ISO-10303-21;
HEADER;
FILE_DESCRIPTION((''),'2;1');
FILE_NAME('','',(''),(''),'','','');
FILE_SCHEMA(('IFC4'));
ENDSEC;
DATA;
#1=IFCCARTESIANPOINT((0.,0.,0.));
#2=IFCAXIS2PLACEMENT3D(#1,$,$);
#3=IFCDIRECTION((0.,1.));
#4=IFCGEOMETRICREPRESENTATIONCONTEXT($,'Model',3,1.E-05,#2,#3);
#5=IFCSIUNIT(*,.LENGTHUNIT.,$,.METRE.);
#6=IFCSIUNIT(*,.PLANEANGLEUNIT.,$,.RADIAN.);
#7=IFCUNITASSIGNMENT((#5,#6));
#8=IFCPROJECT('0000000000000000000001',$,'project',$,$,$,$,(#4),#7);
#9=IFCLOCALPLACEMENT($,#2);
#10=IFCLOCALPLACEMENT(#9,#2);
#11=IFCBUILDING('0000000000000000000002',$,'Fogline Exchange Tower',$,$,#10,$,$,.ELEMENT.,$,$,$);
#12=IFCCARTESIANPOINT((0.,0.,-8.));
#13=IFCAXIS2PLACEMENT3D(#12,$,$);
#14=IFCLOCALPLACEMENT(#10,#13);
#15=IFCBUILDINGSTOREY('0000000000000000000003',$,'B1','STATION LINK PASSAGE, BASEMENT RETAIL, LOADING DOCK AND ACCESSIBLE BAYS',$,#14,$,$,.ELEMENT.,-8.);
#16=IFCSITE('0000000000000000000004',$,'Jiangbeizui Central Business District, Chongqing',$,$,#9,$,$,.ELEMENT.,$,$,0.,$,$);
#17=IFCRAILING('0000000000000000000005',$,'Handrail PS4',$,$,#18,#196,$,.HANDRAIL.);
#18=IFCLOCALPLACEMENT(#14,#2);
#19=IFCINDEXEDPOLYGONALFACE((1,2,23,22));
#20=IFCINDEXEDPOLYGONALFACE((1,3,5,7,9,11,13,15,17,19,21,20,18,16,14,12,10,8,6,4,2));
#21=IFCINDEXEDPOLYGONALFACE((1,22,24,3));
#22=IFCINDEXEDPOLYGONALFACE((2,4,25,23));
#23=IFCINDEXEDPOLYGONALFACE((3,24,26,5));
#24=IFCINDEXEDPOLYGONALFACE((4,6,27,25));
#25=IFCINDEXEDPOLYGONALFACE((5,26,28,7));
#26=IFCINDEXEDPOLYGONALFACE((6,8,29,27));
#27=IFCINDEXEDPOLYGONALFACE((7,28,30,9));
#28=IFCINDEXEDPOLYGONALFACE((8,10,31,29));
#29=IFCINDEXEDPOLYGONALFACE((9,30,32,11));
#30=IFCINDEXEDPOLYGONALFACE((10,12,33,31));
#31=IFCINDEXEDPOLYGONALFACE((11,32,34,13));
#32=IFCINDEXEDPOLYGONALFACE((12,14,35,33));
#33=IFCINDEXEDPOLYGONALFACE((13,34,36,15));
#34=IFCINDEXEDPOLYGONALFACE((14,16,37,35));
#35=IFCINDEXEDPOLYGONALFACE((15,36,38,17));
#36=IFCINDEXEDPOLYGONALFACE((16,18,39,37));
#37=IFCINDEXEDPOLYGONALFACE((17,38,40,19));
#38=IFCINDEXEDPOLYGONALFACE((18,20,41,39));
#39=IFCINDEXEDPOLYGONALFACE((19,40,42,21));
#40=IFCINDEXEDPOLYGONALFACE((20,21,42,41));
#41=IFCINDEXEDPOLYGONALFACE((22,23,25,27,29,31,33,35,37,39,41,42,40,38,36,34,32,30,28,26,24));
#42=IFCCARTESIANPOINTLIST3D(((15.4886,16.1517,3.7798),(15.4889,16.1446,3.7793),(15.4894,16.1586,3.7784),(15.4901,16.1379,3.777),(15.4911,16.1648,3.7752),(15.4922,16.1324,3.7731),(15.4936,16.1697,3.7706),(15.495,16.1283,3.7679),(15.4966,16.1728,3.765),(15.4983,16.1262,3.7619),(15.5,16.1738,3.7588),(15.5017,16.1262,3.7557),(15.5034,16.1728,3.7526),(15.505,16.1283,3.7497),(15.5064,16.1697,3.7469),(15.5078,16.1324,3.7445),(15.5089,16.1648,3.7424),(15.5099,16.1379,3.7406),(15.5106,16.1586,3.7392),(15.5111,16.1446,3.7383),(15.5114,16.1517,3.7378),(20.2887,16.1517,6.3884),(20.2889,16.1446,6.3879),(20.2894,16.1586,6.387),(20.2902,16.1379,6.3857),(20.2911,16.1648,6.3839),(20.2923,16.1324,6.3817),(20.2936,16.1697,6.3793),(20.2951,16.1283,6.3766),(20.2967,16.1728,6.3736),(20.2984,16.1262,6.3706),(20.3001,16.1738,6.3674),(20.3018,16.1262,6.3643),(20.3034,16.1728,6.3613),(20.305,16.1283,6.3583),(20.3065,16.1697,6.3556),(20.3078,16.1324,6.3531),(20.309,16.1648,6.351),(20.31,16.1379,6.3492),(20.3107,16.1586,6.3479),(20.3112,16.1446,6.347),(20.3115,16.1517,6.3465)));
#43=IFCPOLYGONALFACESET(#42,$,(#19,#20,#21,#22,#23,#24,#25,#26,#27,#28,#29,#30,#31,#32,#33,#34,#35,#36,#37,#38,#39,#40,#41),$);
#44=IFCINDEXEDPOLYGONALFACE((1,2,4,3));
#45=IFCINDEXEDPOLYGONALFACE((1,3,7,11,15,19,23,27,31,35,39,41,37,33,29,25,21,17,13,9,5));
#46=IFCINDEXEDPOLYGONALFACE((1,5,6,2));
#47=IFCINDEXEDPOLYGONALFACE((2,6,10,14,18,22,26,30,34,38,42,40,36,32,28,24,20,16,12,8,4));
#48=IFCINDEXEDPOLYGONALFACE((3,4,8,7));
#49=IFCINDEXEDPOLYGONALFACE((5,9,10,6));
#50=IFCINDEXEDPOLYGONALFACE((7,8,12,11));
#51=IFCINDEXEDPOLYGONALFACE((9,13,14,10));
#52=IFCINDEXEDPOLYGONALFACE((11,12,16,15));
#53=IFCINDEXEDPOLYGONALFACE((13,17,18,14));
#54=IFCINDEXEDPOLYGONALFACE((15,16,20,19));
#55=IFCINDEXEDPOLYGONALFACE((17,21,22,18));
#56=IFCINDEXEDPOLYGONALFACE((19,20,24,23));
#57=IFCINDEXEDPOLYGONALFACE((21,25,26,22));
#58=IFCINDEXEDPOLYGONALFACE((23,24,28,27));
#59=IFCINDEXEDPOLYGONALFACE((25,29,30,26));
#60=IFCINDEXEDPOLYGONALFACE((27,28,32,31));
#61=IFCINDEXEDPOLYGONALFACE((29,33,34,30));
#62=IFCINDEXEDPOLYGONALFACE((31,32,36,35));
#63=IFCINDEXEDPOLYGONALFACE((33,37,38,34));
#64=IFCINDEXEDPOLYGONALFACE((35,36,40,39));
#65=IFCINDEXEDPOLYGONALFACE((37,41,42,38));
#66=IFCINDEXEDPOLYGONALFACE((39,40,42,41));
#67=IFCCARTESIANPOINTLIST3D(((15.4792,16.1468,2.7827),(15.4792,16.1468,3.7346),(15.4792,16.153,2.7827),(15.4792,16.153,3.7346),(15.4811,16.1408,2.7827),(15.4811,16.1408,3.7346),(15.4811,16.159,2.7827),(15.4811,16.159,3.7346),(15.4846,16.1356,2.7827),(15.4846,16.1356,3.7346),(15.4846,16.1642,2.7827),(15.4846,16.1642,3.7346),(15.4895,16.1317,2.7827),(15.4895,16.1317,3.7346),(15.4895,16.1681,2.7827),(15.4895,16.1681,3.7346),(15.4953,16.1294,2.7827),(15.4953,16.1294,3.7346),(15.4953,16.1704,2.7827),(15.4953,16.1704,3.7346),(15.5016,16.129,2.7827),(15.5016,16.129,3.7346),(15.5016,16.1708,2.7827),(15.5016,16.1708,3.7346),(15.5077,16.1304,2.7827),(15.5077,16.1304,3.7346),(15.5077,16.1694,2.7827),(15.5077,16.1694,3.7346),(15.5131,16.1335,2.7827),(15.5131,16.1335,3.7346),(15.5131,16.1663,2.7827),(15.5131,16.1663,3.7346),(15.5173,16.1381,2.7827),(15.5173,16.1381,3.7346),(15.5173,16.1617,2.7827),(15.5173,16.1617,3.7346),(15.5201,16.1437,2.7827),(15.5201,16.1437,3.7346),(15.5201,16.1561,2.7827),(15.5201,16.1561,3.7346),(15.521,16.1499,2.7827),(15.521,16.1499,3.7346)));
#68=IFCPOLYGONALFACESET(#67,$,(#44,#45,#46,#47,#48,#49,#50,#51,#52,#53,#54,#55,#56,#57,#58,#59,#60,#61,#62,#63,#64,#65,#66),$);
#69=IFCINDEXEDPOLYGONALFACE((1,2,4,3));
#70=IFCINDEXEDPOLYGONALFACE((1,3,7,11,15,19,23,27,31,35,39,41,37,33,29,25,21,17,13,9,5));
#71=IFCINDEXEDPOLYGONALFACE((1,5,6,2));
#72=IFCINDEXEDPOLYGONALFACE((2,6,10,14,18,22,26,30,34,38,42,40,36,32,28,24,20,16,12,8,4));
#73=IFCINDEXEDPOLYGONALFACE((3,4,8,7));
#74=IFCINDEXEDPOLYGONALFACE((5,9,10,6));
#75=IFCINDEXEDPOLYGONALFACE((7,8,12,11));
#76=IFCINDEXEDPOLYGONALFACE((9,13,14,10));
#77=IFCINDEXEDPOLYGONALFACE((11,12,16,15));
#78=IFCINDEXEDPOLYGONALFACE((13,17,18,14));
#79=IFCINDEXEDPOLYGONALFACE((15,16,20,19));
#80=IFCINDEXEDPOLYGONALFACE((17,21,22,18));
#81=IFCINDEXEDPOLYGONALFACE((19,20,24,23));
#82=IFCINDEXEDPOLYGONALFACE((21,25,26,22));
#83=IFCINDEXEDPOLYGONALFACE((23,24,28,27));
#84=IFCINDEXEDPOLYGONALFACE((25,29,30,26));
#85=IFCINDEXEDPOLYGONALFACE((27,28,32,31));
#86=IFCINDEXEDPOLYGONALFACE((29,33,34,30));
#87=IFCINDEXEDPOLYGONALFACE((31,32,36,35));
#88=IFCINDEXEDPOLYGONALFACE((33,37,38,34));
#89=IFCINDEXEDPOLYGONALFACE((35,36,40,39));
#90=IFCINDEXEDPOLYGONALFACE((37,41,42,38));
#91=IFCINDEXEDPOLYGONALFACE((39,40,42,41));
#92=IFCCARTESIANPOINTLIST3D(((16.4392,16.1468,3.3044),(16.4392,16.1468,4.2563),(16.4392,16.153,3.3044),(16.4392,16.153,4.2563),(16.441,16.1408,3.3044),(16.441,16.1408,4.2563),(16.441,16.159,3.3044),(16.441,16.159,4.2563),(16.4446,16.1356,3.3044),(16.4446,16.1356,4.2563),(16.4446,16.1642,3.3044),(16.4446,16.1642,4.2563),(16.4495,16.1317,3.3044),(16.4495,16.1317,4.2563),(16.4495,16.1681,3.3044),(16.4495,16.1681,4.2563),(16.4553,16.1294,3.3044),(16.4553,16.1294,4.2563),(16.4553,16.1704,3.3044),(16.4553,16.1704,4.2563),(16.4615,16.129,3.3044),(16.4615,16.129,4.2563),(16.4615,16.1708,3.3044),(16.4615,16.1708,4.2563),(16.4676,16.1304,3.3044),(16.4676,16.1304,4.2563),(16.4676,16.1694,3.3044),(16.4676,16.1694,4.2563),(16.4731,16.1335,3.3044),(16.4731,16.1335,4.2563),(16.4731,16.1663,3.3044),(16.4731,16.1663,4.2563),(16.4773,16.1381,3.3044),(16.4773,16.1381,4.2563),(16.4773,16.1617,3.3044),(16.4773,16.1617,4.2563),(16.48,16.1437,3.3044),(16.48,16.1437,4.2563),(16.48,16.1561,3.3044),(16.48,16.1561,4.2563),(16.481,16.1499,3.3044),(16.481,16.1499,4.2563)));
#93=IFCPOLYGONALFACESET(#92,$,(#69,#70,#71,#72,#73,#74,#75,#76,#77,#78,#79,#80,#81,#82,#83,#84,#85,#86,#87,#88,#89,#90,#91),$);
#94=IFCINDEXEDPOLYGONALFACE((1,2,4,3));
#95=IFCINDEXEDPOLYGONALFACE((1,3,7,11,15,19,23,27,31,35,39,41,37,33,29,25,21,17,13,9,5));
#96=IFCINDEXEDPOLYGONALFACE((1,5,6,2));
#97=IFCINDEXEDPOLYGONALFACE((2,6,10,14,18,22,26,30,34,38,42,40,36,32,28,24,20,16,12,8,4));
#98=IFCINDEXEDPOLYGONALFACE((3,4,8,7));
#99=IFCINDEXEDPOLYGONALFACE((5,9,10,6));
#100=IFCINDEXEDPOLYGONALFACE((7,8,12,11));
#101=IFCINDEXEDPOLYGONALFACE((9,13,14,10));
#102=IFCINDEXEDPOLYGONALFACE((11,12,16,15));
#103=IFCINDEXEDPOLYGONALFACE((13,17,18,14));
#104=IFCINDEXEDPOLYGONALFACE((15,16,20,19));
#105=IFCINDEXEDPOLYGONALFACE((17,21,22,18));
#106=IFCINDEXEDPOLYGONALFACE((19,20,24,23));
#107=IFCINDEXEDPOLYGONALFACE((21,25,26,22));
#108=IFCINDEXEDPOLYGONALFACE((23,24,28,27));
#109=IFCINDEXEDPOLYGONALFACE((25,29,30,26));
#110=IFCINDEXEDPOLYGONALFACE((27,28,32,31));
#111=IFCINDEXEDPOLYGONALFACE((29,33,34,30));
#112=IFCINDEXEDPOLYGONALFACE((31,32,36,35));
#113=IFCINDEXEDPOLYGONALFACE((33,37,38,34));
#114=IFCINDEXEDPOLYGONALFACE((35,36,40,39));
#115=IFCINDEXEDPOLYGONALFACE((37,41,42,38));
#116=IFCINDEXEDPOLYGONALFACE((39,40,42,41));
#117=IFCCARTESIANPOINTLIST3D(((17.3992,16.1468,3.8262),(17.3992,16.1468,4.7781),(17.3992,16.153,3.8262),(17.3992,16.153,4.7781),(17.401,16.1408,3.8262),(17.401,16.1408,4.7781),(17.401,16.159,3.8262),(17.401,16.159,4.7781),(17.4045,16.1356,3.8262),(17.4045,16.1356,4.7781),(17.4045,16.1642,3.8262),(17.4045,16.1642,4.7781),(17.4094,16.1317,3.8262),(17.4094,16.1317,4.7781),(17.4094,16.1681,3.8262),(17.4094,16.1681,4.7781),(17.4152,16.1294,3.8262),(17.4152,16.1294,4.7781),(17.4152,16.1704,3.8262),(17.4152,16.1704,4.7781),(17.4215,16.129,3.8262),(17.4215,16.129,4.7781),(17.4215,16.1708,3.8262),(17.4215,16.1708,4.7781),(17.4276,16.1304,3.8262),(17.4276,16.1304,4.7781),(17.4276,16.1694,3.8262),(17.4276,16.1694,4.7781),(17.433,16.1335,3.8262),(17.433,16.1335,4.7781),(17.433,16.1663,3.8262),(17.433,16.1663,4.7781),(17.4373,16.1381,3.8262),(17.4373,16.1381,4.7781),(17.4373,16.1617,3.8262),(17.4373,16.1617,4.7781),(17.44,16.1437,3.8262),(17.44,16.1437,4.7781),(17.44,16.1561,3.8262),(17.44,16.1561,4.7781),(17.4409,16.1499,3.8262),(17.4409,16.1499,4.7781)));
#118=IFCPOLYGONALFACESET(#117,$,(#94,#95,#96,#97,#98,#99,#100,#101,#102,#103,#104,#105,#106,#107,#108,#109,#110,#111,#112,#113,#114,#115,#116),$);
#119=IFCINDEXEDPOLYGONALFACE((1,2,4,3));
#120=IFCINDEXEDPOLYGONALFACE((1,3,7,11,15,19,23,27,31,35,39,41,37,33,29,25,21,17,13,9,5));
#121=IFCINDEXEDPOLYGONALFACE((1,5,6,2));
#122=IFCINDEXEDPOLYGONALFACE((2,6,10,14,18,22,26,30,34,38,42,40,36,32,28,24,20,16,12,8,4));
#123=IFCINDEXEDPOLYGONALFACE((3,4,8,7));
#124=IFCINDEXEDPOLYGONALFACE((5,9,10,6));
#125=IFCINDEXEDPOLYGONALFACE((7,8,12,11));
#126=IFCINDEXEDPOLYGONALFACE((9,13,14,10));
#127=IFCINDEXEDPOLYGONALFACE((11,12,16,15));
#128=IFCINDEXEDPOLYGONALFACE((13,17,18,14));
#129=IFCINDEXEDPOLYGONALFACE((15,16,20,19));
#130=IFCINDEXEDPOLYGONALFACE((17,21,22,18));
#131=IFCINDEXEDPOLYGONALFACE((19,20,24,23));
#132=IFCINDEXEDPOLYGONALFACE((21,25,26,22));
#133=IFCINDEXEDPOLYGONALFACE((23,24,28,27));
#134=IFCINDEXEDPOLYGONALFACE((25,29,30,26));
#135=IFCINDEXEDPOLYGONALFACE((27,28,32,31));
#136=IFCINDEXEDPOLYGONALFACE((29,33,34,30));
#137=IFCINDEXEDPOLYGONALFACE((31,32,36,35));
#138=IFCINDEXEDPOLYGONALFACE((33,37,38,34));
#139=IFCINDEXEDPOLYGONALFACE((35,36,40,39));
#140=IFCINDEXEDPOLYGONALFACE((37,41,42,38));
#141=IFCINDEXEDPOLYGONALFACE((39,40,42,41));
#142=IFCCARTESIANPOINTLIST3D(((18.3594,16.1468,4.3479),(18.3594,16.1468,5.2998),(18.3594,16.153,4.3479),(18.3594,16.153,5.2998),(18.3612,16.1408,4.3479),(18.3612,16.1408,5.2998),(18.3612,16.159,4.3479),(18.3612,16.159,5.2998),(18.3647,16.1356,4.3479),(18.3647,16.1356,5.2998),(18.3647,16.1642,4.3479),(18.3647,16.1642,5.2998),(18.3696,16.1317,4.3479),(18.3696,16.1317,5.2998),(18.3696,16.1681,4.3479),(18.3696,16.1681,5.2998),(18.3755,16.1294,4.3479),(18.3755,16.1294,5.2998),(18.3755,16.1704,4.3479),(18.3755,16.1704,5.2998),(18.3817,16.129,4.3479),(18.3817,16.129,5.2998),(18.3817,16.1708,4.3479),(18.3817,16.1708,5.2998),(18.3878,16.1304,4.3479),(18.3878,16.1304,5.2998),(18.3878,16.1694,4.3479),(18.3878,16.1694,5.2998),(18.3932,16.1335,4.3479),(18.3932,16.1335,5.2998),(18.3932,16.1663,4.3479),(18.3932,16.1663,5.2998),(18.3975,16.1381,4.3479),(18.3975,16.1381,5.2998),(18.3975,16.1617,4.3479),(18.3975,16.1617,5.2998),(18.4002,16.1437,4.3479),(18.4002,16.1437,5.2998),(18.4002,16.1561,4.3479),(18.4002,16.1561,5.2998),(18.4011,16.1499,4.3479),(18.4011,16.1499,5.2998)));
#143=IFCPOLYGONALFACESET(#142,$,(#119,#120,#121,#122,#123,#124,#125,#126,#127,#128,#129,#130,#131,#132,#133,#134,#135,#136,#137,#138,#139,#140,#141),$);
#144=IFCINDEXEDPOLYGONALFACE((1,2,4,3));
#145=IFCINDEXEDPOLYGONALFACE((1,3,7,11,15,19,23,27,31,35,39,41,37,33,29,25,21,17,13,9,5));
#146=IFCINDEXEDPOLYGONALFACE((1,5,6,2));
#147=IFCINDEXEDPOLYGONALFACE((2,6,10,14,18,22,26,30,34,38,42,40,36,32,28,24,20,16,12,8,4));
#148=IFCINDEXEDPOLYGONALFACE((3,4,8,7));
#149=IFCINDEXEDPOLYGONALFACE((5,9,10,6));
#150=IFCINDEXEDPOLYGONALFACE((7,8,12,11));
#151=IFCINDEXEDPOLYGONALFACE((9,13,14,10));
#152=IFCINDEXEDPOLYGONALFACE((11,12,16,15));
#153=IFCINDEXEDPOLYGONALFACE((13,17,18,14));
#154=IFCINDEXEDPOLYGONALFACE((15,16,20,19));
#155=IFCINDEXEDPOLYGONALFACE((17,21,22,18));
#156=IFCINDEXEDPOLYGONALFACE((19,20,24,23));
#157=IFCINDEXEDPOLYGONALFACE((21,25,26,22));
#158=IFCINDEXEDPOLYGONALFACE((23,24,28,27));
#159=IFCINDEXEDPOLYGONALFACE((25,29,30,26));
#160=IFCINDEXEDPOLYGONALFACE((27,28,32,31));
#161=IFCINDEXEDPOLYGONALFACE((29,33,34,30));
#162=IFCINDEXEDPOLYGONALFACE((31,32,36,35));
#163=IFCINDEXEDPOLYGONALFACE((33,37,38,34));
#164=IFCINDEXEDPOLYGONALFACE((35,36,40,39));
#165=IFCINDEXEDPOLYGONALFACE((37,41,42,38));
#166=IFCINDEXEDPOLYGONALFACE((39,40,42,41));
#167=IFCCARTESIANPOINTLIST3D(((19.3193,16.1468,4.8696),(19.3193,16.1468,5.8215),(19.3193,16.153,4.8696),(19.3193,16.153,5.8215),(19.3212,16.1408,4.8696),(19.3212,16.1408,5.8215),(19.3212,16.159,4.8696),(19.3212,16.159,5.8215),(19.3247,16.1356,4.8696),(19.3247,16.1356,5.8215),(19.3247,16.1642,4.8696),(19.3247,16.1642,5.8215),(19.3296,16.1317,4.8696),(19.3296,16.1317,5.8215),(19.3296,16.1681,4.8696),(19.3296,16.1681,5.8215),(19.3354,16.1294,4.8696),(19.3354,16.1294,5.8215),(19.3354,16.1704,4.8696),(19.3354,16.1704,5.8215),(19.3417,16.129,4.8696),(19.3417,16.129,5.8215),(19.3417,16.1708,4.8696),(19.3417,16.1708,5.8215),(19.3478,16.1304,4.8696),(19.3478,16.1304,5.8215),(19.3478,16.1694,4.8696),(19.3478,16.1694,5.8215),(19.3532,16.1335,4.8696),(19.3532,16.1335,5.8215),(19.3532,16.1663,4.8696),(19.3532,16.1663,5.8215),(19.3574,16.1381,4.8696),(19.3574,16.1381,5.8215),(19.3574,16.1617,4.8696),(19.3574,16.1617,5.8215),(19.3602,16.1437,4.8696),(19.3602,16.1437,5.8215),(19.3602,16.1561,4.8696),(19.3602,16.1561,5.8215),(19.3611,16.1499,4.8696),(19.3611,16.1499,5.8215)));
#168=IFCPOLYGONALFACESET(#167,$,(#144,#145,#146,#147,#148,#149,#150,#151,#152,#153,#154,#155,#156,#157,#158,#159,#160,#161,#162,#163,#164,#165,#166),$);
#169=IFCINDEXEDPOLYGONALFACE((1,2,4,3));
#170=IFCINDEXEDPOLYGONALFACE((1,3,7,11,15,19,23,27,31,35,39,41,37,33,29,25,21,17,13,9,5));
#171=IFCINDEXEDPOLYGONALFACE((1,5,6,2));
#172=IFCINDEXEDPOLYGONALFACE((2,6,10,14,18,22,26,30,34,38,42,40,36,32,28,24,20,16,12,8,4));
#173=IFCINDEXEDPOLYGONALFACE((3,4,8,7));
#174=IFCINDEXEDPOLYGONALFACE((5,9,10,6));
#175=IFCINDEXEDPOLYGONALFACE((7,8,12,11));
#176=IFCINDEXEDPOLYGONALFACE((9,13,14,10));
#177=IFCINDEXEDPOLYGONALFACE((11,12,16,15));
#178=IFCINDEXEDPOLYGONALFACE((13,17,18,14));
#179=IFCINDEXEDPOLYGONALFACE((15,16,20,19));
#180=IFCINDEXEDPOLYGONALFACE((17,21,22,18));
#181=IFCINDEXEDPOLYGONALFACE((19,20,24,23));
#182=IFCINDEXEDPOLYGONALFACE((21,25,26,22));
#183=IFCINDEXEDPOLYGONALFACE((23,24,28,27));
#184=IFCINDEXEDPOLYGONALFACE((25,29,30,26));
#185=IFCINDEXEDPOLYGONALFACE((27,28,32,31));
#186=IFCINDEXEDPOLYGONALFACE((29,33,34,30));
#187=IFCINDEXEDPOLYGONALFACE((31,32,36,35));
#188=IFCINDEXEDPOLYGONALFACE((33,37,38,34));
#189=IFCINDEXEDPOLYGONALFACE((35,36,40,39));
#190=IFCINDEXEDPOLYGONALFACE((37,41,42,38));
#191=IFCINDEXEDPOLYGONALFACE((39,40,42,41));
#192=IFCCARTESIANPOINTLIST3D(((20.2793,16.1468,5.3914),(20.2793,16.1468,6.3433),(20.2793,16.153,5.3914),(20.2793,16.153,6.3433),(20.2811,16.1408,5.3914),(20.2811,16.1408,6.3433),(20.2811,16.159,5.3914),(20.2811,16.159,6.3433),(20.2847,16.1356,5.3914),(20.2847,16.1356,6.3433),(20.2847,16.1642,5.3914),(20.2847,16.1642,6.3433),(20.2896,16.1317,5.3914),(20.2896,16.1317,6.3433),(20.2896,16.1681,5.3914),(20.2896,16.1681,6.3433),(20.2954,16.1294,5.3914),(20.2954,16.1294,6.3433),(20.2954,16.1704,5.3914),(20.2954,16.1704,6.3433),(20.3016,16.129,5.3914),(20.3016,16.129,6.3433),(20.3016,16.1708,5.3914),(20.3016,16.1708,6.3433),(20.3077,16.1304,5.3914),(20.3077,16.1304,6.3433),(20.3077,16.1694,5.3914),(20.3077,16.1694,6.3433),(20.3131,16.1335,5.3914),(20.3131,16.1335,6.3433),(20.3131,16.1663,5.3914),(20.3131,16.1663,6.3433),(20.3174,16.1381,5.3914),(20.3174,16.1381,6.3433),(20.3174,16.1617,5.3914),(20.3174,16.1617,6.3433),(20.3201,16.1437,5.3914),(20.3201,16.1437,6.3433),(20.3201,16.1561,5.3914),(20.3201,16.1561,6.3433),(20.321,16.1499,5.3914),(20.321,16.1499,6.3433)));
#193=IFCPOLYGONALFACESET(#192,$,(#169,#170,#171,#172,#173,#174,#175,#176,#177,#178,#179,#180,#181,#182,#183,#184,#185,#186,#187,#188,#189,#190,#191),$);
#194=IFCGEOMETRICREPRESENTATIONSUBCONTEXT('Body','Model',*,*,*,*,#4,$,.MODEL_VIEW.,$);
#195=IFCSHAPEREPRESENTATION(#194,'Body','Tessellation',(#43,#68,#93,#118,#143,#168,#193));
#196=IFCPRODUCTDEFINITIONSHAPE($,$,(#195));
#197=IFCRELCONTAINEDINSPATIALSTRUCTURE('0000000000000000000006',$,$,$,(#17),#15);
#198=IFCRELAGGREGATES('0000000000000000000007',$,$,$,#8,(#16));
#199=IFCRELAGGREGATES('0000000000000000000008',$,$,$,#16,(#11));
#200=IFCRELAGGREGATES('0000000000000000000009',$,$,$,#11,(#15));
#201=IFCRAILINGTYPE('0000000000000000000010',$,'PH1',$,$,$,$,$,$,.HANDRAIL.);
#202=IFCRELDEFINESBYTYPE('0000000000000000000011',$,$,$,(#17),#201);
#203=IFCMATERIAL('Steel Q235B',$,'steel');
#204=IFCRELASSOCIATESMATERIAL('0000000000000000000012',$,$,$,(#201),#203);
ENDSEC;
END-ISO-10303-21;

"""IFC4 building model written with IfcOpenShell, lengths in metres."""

from ifc_helpers import new_model, si_unit, direction, frame, origin, origin_2d, place, context, subcontext, project, spatial, circle, extrude, material, type_object, element, save


model = new_model("IFC4")

# Units and contexts
model_context = context("Model", 3, precision=1e-05, world=origin(), true_north=direction((0.0, 1.0)))
body_context = subcontext(model_context, "Body", "Model", "MODEL_VIEW")
ifc_project = project(units=[si_unit("LENGTHUNIT", "METRE"), si_unit("PLANEANGLEUNIT", "RADIAN")], contexts=[model_context])

# Site, building, storey
site_placement = place(None, origin())
site = spatial("IfcSite", under=ifc_project, at=site_placement, Name="Jiangbeizui Central Business District, Chongqing", CompositionType="ELEMENT", RefElevation=0.0)
building_placement = place(site_placement, origin())
building = spatial("IfcBuilding", under=site, at=building_placement, Name="Fogline Exchange Tower", CompositionType="ELEMENT")
storey_placement = place(building_placement, frame((0.0, 0.0, -8.0)))
storey = spatial("IfcBuildingStorey", under=building, at=storey_placement, Name="B1", Description="STATION LINK PASSAGE, BASEMENT RETAIL, LOADING DOCK AND ACCESSIBLE BAYS", CompositionType="ELEMENT", Elevation=-8.0)

# Railing
ifc_material_1 = material(Name="Steel Q235B", Category="steel")
railing_type_1 = type_object("IfcRailingType", Name="PH1", PredefinedType="HANDRAIL", material=ifc_material_1)
for number, where, name in (
    (1, (15.5, 16.1499, 2.7827), "Handrail PS4"),
):
    element("IfcRailing", number, at=place(storey_placement, frame(where)), inside=storey, type_object=railing_type_1, Name=name, PredefinedType="HANDRAIL", context=body_context, shape_type="SweptSolid", body=[
        extrude(circle(Radius=0.0239, at=origin_2d()), frame((0.0, 0.0, 0.9761), z_axis=(0.878631, 0.0, 0.477502), x_axis=(0.0, 1.0, 0.0)), (0.0, 0.0, 1.0), 5.4631),
        extrude(circle(Radius=0.021, at=origin_2d()), origin(), (0.0, 0.0, 1.0), 0.9519),
        extrude(circle(Radius=0.021, at=origin_2d()), frame((0.96, 0.0, 0.5217)), (0.0, 0.0, 1.0), 0.9519),
        extrude(circle(Radius=0.021, at=origin_2d()), frame((1.9199, 0.0, 1.0435)), (0.0, 0.0, 1.0), 0.9519),
        extrude(circle(Radius=0.021, at=origin_2d()), frame((2.8801, 0.0, 1.5652)), (0.0, 0.0, 1.0), 0.9519),
        extrude(circle(Radius=0.021, at=origin_2d()), frame((3.8401, 0.0, 2.0869)), (0.0, 0.0, 1.0), 0.9519),
        extrude(circle(Radius=0.021, at=origin_2d()), frame((4.8, 0.0, 2.6086)), (0.0, 0.0, 1.0), 0.9519),
    ])

save(model, "model.ifc")
